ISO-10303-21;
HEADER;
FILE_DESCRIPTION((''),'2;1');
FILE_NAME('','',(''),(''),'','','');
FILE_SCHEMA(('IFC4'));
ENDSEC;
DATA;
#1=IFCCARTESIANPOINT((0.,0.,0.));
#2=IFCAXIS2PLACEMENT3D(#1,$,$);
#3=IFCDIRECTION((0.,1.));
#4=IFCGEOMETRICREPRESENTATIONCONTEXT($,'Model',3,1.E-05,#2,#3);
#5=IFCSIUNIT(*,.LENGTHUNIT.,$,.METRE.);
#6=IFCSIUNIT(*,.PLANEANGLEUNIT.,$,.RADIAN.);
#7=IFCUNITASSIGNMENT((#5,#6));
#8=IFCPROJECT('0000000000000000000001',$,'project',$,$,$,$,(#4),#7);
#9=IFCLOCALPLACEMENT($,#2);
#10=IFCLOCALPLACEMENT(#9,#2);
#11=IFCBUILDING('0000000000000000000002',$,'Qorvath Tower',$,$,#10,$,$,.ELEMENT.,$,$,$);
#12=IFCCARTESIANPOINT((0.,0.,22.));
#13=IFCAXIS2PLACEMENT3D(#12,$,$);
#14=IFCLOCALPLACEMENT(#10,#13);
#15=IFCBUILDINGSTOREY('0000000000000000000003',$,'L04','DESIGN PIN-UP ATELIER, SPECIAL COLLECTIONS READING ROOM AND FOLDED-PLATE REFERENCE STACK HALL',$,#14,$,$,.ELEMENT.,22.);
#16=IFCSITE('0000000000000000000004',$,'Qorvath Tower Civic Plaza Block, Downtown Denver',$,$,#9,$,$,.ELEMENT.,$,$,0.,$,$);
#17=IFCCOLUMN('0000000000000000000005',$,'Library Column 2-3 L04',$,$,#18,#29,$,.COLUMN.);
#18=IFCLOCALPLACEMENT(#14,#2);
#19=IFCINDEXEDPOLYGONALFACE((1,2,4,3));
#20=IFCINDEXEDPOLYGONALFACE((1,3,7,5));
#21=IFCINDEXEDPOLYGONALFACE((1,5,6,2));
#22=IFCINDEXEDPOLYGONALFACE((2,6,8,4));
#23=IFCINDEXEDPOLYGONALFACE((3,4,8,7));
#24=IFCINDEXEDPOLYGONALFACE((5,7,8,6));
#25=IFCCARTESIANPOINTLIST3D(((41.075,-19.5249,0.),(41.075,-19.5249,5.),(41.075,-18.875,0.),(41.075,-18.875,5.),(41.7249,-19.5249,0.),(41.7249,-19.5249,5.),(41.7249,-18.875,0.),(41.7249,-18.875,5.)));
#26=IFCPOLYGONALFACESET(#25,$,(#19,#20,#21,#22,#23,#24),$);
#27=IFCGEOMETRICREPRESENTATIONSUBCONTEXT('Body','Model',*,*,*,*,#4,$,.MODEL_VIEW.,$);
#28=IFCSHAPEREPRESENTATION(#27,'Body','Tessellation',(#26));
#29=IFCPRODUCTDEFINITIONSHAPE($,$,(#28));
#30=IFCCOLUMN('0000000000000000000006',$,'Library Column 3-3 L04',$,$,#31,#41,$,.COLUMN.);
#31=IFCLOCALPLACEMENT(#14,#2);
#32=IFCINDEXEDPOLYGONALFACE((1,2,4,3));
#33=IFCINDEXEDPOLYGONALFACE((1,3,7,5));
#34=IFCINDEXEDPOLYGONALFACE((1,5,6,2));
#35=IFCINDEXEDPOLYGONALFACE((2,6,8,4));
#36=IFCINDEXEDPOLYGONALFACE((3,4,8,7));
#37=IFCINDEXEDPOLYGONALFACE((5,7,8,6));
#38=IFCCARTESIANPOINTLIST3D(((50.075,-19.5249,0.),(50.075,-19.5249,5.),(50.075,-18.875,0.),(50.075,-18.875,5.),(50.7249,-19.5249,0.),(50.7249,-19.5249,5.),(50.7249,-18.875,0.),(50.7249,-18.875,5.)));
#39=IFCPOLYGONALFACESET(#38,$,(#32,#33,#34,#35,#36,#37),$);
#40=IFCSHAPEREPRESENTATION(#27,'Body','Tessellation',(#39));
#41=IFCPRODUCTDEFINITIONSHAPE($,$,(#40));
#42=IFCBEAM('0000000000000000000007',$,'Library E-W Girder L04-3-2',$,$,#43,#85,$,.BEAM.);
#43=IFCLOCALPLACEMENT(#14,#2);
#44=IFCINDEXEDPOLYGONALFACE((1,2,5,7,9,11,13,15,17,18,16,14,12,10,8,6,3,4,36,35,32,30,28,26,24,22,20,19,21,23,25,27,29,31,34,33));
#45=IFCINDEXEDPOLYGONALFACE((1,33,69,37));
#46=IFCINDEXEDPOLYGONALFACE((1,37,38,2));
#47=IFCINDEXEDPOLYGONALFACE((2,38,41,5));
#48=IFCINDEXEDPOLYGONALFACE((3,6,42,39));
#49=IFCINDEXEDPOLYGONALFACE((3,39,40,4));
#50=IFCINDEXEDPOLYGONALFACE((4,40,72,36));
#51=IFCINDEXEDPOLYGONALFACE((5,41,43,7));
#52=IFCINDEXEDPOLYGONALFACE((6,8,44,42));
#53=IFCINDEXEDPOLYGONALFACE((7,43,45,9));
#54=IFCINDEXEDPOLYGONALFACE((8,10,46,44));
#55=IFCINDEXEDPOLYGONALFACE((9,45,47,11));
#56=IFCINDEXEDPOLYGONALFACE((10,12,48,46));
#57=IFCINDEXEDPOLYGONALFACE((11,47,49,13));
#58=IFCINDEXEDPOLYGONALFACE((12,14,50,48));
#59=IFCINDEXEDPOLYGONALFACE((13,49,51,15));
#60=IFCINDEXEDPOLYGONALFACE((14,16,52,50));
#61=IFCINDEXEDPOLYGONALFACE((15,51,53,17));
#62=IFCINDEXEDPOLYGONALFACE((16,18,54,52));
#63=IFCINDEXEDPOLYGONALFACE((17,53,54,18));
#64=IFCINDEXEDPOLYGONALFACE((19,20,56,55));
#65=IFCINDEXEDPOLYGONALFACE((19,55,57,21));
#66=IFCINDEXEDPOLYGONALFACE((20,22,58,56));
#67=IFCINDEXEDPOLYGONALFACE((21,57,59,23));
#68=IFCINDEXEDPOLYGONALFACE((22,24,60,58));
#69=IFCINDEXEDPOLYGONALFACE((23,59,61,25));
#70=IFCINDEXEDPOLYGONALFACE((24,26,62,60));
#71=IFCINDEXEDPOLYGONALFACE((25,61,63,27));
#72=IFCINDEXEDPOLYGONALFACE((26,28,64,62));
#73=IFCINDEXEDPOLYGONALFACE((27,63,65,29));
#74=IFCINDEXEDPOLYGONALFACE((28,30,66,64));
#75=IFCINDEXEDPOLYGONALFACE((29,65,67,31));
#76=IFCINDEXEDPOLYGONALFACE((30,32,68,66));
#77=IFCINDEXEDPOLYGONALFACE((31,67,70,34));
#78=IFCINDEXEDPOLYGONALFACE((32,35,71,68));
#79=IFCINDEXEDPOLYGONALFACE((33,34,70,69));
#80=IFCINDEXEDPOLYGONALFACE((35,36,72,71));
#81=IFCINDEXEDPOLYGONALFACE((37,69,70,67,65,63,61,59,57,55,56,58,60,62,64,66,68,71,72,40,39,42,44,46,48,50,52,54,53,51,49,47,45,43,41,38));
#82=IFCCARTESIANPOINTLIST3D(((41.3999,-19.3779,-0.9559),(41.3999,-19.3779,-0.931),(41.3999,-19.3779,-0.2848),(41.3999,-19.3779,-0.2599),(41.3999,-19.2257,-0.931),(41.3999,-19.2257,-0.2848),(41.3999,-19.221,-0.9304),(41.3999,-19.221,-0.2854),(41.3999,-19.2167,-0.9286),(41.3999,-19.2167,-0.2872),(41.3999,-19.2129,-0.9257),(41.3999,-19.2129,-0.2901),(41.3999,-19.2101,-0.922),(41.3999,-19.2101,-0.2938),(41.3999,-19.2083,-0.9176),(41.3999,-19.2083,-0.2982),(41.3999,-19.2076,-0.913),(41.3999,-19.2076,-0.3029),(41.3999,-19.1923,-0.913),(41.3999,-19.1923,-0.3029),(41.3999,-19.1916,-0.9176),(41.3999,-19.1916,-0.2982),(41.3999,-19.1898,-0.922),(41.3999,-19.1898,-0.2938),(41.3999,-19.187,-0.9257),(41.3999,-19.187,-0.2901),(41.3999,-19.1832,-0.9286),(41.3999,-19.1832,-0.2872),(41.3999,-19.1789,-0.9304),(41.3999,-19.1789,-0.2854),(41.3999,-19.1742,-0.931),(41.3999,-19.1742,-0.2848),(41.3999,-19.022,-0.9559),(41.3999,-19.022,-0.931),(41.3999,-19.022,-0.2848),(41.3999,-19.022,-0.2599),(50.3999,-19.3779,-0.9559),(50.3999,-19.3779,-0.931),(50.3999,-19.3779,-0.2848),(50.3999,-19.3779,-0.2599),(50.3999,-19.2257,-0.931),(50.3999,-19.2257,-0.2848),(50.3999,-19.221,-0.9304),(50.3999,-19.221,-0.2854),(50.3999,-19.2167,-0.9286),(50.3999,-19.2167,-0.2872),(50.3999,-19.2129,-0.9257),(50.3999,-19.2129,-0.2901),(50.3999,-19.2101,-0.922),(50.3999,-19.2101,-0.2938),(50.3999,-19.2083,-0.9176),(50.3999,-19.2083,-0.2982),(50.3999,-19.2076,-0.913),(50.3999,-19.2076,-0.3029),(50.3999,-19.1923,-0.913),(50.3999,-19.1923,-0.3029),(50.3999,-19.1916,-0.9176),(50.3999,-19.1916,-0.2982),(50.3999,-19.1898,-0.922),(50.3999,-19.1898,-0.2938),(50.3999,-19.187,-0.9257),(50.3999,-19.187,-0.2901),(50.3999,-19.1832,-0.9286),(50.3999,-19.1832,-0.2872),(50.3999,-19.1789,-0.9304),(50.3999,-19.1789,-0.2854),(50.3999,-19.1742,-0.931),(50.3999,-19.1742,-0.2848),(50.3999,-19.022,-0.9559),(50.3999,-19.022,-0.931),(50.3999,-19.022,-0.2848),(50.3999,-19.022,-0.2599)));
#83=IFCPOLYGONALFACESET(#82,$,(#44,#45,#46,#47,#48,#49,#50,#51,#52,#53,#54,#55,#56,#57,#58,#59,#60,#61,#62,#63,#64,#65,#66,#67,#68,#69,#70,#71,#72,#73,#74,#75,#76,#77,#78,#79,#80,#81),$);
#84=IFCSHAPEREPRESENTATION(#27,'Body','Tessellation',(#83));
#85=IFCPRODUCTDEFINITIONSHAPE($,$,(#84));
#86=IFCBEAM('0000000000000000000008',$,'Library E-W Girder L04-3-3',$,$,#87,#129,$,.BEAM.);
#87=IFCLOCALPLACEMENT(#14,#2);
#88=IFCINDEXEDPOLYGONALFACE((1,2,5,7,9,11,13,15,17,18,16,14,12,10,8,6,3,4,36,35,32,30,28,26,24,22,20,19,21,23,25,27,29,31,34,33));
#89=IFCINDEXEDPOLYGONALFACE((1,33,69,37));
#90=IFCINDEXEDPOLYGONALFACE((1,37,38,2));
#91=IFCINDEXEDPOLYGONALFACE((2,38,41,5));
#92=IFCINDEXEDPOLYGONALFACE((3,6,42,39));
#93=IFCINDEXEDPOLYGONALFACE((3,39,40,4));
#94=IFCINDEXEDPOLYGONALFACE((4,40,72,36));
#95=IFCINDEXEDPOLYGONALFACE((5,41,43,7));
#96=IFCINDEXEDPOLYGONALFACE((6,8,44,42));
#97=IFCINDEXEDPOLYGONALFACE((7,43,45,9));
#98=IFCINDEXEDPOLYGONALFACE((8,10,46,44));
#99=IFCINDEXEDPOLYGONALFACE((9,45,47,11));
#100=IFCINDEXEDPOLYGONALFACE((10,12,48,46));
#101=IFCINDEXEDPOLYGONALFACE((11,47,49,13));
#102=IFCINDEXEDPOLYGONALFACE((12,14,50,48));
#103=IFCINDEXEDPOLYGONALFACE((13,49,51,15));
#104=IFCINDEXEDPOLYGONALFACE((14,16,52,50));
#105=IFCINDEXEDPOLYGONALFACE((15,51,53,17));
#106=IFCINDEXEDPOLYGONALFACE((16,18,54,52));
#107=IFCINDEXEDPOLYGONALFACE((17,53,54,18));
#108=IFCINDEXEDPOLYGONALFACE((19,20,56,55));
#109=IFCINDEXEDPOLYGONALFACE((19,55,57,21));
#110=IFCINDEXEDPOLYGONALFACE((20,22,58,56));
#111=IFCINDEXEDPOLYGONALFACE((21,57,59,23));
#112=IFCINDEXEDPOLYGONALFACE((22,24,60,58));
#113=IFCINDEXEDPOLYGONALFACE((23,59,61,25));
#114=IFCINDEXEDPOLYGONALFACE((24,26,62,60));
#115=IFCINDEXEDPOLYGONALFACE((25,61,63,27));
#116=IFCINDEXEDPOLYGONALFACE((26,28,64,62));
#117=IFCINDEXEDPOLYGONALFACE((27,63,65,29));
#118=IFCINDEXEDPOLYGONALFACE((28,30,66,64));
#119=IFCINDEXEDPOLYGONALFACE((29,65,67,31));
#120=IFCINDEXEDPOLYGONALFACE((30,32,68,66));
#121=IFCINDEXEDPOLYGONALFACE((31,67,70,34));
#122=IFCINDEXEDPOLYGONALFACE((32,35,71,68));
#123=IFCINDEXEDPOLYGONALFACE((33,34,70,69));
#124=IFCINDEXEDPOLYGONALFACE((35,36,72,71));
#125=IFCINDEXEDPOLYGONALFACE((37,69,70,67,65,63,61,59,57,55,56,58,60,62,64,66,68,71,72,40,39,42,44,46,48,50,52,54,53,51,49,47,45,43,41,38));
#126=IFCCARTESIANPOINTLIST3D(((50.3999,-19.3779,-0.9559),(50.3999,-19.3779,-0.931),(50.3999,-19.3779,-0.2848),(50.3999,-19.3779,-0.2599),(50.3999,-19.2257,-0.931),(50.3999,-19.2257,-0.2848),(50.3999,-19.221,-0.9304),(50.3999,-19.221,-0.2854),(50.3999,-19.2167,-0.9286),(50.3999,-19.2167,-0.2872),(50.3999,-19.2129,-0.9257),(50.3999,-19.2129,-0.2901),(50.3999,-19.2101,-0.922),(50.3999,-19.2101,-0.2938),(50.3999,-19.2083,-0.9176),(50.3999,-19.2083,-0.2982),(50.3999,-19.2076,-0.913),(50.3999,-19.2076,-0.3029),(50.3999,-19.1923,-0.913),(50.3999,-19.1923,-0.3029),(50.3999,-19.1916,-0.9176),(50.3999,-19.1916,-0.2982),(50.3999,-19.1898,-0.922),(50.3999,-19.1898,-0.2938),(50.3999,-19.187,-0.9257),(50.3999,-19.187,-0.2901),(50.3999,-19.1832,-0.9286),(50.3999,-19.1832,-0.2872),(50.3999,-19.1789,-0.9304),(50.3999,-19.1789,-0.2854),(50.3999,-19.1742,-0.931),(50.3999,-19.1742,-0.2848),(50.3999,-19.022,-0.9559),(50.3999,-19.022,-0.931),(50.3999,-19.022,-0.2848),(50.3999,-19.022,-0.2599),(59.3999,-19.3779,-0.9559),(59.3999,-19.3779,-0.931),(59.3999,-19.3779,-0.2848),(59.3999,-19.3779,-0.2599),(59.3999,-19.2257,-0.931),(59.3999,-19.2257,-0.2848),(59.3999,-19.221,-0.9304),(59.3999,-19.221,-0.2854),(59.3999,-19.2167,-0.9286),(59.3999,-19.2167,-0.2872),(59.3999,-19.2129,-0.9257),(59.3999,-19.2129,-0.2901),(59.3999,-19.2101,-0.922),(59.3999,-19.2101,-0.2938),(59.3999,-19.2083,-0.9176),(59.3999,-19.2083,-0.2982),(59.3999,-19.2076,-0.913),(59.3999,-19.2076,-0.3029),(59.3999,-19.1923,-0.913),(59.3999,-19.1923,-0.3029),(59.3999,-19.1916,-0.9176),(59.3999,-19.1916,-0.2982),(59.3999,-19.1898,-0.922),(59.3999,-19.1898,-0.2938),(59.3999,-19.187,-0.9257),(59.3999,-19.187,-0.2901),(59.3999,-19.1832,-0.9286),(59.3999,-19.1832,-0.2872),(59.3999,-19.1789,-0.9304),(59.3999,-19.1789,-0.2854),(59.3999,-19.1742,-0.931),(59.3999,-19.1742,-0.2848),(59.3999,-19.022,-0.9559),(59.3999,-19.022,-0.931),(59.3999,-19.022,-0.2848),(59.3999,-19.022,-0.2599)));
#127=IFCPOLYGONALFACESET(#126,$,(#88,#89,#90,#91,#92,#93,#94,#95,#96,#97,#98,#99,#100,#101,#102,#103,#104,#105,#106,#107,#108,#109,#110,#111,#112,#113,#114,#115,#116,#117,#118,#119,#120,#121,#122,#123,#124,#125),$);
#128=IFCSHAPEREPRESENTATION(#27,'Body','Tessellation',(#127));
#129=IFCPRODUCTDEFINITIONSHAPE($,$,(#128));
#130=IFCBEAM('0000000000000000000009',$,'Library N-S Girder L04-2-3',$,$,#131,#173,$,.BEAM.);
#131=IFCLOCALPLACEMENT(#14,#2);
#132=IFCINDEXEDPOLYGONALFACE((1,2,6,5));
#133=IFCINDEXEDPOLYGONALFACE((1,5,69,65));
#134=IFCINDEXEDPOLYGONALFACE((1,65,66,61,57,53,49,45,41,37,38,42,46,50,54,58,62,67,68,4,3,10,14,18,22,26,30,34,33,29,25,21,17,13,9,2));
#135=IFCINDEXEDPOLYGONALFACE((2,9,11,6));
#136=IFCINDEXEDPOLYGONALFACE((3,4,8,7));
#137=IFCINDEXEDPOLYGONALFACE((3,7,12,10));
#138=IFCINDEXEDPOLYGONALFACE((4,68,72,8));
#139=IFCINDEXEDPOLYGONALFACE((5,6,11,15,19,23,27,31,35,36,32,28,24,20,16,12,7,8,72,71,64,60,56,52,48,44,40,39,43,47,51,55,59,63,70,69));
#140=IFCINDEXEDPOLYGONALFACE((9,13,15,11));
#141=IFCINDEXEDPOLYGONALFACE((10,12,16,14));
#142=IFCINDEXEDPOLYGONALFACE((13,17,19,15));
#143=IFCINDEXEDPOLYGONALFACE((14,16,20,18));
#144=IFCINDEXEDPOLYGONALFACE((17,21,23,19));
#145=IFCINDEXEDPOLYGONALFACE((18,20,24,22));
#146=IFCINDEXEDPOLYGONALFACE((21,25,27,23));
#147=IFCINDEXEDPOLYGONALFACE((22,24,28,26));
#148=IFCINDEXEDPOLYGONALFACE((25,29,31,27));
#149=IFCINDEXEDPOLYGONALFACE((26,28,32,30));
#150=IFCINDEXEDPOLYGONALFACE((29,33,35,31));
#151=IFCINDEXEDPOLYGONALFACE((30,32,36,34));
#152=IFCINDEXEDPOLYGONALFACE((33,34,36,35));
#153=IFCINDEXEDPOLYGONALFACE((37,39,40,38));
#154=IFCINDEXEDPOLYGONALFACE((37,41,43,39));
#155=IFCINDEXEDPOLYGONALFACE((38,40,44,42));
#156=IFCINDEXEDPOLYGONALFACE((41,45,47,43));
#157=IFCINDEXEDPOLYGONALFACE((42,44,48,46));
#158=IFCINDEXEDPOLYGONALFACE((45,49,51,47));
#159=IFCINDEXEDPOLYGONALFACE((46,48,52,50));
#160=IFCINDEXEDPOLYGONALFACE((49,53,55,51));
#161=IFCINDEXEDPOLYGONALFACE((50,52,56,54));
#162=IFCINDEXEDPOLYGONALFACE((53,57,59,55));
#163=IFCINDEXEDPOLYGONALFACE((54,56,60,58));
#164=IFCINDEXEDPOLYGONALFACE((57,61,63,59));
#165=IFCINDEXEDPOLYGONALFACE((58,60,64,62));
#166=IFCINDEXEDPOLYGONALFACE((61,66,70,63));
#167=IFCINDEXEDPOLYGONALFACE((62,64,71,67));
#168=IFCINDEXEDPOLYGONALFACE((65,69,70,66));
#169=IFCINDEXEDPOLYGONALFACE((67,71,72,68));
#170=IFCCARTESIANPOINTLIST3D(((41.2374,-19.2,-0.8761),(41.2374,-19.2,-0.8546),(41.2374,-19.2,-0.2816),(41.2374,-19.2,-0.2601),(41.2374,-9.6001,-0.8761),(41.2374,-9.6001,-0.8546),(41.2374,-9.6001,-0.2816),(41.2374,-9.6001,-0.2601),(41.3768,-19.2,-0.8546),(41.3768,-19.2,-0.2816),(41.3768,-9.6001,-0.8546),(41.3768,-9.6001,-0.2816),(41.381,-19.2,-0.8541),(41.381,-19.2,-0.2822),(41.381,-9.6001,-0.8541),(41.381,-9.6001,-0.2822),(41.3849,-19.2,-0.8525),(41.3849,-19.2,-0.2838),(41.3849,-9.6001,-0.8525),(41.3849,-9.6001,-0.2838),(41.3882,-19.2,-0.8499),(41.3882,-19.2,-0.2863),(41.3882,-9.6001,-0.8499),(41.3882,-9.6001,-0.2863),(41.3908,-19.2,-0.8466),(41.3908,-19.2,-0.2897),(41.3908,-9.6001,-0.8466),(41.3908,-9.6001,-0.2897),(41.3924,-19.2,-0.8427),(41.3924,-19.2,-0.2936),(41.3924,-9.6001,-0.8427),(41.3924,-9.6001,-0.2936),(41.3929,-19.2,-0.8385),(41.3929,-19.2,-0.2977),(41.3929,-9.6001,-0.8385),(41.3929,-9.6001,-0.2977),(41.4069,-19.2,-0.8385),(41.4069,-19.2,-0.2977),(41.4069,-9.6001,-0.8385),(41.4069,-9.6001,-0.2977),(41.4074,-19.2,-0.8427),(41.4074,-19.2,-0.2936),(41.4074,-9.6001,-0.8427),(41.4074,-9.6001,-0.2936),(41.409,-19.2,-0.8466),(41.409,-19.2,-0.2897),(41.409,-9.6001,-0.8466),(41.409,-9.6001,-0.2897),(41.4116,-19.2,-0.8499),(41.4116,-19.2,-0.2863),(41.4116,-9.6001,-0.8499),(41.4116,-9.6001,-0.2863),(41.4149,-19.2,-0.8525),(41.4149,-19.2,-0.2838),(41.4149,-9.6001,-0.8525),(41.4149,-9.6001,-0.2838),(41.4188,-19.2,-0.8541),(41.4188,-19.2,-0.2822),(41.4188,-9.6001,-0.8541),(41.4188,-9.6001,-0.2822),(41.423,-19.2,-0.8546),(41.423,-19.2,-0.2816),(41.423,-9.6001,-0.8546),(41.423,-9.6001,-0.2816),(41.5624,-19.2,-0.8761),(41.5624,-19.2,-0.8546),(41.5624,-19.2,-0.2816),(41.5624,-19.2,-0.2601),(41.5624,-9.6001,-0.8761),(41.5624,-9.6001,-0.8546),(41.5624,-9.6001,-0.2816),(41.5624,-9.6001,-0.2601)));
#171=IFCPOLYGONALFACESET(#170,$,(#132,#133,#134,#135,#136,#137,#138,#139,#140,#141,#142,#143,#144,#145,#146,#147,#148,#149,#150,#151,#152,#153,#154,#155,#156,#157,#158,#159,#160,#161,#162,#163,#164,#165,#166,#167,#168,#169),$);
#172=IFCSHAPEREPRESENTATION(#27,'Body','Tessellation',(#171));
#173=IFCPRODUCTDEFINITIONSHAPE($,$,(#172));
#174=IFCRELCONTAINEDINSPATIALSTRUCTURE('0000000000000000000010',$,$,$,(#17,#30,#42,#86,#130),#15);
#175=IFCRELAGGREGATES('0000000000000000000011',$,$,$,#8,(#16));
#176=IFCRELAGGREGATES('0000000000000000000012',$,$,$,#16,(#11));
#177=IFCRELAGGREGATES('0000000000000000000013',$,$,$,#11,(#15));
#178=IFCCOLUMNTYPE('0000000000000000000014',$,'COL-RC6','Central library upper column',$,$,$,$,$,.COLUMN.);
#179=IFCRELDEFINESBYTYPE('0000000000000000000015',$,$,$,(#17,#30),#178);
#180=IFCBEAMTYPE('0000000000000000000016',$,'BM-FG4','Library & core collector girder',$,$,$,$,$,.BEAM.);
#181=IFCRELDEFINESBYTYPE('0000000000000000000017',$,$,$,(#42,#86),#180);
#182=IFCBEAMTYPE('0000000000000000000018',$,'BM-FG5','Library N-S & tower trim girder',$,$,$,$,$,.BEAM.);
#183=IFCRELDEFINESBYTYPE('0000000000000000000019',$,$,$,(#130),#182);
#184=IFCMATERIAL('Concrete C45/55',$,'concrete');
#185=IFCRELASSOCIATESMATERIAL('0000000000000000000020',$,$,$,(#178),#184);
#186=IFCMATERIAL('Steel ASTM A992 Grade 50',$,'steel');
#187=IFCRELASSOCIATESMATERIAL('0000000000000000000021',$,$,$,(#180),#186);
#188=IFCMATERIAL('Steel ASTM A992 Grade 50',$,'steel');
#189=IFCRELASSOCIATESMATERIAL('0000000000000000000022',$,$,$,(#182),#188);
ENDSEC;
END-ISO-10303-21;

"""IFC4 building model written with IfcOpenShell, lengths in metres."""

from ifc_helpers import new_model, si_unit, direction, frame, origin, origin_2d, place, context, subcontext, project, spatial, rectangle, i_section, extrude, material, material_profile, profile_set, type_object, element, save


model = new_model("IFC4")

# Units and contexts
model_context = context("Model", 3, precision=1e-05, world=origin(), true_north=direction((0.0, 1.0)))
body_context = subcontext(model_context, "Body", "Model", "MODEL_VIEW")
ifc_project = project(units=[si_unit("LENGTHUNIT", "METRE"), si_unit("PLANEANGLEUNIT", "RADIAN")], contexts=[model_context])

# Site, building, storey
site_placement = place(None, origin())
site = spatial("IfcSite", under=ifc_project, at=site_placement, Name="Qorvath Tower Civic Plaza Block, Downtown Denver", CompositionType="ELEMENT", RefElevation=0.0)
building_placement = place(site_placement, origin())
building = spatial("IfcBuilding", under=site, at=building_placement, Name="Qorvath Tower", CompositionType="ELEMENT")
storey_placement = place(building_placement, frame((0.0, 0.0, 22.0)))
storey = spatial("IfcBuildingStorey", under=building, at=storey_placement, Name="L04", Description="DESIGN PIN-UP ATELIER, SPECIAL COLLECTIONS READING ROOM AND FOLDED-PLATE REFERENCE STACK HALL", CompositionType="ELEMENT", Elevation=22.0)

# Columns
ifc_material_1 = material(Name="Concrete C45/55", Category="concrete")
ifc_material_profile_1 = material_profile(ifc_material_1, rectangle(XDim=0.6499, YDim=0.6499, at=origin_2d()), Name="RC 650x650")
ifc_profile_set_1 = profile_set([ifc_material_profile_1], Name="Concrete C45/55")
column_type = type_object("IfcColumnType", Name="COL-RC6", Description="Central library upper column", PredefinedType="COLUMN", material=ifc_profile_set_1)
for number, where, z_axis, x_axis, name in (
    (1, (41.3999, -19.2, 0.0), (0.0, 0.0, 1.0), (1.0, 0.0, 0.0), "Library Column 2-3 L04"),
    (2, (50.3999, -19.2, 0.0), (0.0, 0.0, 1.0), (1.0, 0.0, 0.0), "Library Column 3-3 L04"),
):
    element("IfcColumn", number, at=place(storey_placement, frame(where, z_axis=z_axis, x_axis=x_axis)), inside=storey, type_object=column_type, Name=name, PredefinedType="COLUMN", context=body_context, shape_type="SweptSolid", body=[
        extrude(rectangle(XDim=0.6499, YDim=0.6499, at=origin_2d()), origin(), (0.0, 0.0, 1.0), 5.0),
    ])

# Beams
ifc_material_2 = material(Name="Steel ASTM A992 Grade 50", Category="steel")
ifc_material_profile_2 = material_profile(ifc_material_2, i_section(OverallWidth=0.356, OverallDepth=0.696, WebThickness=0.0154, FlangeThickness=0.0249, FilletRadius=0.0181, at=origin_2d()), Name="W27x146")
ifc_profile_set_2 = profile_set([ifc_material_profile_2], Name="Steel ASTM A992 Grade 50")
beam_type_1 = type_object("IfcBeamType", Name="BM-FG4", Description="Library & core collector girder", PredefinedType="BEAM", material=ifc_profile_set_2)
for number, where, z_axis, x_axis, name in (
    (3, (41.3999, -19.2, -0.6079), (1.0, 0.0, 0.0), (0.0, 1.0, 0.0), "Library E-W Girder L04-3-2"),
    (4, (50.3999, -19.2, -0.6079), (1.0, 0.0, 0.0), (0.0, 1.0, 0.0), "Library E-W Girder L04-3-3"),
):
    element("IfcBeam", number, at=place(storey_placement, frame(where, z_axis=z_axis, x_axis=x_axis)), inside=storey, type_object=beam_type_1, Name=name, PredefinedType="BEAM", context=body_context, shape_type="SweptSolid", body=[
        extrude(i_section(OverallWidth=0.356, OverallDepth=0.696, WebThickness=0.0154, FlangeThickness=0.0249, FilletRadius=0.0181, at=origin_2d()), origin(), (0.0, 0.0, 1.0), 9.0),
    ])
ifc_material_3 = material(Name="Steel ASTM A992 Grade 50", Category="steel")
ifc_material_profile_3 = material_profile(ifc_material_3, i_section(OverallWidth=0.325, OverallDepth=0.616, WebThickness=0.0139, FlangeThickness=0.0215, FilletRadius=0.0161, at=origin_2d()), Name="W24x117")
ifc_profile_set_3 = profile_set([ifc_material_profile_3], Name="Steel ASTM A992 Grade 50")
beam_type_2 = type_object("IfcBeamType", Name="BM-FG5", Description="Library N-S & tower trim girder", PredefinedType="BEAM", material=ifc_profile_set_3)
for number, where, z_axis, x_axis, name in (
    (5, (41.3999, -19.2, -0.5681), (0.0, 1.0, 0.0), (-1.0, 0.0, 0.0), "Library N-S Girder L04-2-3"),
):
    element("IfcBeam", number, at=place(storey_placement, frame(where, z_axis=z_axis, x_axis=x_axis)), inside=storey, type_object=beam_type_2, Name=name, PredefinedType="BEAM", context=body_context, shape_type="SweptSolid", body=[
        extrude(i_section(OverallWidth=0.325, OverallDepth=0.616, WebThickness=0.0139, FlangeThickness=0.0215, FilletRadius=0.0161, at=origin_2d()), origin(), (0.0, 0.0, 1.0), 9.5999),
    ])

save(model, "model.ifc")
